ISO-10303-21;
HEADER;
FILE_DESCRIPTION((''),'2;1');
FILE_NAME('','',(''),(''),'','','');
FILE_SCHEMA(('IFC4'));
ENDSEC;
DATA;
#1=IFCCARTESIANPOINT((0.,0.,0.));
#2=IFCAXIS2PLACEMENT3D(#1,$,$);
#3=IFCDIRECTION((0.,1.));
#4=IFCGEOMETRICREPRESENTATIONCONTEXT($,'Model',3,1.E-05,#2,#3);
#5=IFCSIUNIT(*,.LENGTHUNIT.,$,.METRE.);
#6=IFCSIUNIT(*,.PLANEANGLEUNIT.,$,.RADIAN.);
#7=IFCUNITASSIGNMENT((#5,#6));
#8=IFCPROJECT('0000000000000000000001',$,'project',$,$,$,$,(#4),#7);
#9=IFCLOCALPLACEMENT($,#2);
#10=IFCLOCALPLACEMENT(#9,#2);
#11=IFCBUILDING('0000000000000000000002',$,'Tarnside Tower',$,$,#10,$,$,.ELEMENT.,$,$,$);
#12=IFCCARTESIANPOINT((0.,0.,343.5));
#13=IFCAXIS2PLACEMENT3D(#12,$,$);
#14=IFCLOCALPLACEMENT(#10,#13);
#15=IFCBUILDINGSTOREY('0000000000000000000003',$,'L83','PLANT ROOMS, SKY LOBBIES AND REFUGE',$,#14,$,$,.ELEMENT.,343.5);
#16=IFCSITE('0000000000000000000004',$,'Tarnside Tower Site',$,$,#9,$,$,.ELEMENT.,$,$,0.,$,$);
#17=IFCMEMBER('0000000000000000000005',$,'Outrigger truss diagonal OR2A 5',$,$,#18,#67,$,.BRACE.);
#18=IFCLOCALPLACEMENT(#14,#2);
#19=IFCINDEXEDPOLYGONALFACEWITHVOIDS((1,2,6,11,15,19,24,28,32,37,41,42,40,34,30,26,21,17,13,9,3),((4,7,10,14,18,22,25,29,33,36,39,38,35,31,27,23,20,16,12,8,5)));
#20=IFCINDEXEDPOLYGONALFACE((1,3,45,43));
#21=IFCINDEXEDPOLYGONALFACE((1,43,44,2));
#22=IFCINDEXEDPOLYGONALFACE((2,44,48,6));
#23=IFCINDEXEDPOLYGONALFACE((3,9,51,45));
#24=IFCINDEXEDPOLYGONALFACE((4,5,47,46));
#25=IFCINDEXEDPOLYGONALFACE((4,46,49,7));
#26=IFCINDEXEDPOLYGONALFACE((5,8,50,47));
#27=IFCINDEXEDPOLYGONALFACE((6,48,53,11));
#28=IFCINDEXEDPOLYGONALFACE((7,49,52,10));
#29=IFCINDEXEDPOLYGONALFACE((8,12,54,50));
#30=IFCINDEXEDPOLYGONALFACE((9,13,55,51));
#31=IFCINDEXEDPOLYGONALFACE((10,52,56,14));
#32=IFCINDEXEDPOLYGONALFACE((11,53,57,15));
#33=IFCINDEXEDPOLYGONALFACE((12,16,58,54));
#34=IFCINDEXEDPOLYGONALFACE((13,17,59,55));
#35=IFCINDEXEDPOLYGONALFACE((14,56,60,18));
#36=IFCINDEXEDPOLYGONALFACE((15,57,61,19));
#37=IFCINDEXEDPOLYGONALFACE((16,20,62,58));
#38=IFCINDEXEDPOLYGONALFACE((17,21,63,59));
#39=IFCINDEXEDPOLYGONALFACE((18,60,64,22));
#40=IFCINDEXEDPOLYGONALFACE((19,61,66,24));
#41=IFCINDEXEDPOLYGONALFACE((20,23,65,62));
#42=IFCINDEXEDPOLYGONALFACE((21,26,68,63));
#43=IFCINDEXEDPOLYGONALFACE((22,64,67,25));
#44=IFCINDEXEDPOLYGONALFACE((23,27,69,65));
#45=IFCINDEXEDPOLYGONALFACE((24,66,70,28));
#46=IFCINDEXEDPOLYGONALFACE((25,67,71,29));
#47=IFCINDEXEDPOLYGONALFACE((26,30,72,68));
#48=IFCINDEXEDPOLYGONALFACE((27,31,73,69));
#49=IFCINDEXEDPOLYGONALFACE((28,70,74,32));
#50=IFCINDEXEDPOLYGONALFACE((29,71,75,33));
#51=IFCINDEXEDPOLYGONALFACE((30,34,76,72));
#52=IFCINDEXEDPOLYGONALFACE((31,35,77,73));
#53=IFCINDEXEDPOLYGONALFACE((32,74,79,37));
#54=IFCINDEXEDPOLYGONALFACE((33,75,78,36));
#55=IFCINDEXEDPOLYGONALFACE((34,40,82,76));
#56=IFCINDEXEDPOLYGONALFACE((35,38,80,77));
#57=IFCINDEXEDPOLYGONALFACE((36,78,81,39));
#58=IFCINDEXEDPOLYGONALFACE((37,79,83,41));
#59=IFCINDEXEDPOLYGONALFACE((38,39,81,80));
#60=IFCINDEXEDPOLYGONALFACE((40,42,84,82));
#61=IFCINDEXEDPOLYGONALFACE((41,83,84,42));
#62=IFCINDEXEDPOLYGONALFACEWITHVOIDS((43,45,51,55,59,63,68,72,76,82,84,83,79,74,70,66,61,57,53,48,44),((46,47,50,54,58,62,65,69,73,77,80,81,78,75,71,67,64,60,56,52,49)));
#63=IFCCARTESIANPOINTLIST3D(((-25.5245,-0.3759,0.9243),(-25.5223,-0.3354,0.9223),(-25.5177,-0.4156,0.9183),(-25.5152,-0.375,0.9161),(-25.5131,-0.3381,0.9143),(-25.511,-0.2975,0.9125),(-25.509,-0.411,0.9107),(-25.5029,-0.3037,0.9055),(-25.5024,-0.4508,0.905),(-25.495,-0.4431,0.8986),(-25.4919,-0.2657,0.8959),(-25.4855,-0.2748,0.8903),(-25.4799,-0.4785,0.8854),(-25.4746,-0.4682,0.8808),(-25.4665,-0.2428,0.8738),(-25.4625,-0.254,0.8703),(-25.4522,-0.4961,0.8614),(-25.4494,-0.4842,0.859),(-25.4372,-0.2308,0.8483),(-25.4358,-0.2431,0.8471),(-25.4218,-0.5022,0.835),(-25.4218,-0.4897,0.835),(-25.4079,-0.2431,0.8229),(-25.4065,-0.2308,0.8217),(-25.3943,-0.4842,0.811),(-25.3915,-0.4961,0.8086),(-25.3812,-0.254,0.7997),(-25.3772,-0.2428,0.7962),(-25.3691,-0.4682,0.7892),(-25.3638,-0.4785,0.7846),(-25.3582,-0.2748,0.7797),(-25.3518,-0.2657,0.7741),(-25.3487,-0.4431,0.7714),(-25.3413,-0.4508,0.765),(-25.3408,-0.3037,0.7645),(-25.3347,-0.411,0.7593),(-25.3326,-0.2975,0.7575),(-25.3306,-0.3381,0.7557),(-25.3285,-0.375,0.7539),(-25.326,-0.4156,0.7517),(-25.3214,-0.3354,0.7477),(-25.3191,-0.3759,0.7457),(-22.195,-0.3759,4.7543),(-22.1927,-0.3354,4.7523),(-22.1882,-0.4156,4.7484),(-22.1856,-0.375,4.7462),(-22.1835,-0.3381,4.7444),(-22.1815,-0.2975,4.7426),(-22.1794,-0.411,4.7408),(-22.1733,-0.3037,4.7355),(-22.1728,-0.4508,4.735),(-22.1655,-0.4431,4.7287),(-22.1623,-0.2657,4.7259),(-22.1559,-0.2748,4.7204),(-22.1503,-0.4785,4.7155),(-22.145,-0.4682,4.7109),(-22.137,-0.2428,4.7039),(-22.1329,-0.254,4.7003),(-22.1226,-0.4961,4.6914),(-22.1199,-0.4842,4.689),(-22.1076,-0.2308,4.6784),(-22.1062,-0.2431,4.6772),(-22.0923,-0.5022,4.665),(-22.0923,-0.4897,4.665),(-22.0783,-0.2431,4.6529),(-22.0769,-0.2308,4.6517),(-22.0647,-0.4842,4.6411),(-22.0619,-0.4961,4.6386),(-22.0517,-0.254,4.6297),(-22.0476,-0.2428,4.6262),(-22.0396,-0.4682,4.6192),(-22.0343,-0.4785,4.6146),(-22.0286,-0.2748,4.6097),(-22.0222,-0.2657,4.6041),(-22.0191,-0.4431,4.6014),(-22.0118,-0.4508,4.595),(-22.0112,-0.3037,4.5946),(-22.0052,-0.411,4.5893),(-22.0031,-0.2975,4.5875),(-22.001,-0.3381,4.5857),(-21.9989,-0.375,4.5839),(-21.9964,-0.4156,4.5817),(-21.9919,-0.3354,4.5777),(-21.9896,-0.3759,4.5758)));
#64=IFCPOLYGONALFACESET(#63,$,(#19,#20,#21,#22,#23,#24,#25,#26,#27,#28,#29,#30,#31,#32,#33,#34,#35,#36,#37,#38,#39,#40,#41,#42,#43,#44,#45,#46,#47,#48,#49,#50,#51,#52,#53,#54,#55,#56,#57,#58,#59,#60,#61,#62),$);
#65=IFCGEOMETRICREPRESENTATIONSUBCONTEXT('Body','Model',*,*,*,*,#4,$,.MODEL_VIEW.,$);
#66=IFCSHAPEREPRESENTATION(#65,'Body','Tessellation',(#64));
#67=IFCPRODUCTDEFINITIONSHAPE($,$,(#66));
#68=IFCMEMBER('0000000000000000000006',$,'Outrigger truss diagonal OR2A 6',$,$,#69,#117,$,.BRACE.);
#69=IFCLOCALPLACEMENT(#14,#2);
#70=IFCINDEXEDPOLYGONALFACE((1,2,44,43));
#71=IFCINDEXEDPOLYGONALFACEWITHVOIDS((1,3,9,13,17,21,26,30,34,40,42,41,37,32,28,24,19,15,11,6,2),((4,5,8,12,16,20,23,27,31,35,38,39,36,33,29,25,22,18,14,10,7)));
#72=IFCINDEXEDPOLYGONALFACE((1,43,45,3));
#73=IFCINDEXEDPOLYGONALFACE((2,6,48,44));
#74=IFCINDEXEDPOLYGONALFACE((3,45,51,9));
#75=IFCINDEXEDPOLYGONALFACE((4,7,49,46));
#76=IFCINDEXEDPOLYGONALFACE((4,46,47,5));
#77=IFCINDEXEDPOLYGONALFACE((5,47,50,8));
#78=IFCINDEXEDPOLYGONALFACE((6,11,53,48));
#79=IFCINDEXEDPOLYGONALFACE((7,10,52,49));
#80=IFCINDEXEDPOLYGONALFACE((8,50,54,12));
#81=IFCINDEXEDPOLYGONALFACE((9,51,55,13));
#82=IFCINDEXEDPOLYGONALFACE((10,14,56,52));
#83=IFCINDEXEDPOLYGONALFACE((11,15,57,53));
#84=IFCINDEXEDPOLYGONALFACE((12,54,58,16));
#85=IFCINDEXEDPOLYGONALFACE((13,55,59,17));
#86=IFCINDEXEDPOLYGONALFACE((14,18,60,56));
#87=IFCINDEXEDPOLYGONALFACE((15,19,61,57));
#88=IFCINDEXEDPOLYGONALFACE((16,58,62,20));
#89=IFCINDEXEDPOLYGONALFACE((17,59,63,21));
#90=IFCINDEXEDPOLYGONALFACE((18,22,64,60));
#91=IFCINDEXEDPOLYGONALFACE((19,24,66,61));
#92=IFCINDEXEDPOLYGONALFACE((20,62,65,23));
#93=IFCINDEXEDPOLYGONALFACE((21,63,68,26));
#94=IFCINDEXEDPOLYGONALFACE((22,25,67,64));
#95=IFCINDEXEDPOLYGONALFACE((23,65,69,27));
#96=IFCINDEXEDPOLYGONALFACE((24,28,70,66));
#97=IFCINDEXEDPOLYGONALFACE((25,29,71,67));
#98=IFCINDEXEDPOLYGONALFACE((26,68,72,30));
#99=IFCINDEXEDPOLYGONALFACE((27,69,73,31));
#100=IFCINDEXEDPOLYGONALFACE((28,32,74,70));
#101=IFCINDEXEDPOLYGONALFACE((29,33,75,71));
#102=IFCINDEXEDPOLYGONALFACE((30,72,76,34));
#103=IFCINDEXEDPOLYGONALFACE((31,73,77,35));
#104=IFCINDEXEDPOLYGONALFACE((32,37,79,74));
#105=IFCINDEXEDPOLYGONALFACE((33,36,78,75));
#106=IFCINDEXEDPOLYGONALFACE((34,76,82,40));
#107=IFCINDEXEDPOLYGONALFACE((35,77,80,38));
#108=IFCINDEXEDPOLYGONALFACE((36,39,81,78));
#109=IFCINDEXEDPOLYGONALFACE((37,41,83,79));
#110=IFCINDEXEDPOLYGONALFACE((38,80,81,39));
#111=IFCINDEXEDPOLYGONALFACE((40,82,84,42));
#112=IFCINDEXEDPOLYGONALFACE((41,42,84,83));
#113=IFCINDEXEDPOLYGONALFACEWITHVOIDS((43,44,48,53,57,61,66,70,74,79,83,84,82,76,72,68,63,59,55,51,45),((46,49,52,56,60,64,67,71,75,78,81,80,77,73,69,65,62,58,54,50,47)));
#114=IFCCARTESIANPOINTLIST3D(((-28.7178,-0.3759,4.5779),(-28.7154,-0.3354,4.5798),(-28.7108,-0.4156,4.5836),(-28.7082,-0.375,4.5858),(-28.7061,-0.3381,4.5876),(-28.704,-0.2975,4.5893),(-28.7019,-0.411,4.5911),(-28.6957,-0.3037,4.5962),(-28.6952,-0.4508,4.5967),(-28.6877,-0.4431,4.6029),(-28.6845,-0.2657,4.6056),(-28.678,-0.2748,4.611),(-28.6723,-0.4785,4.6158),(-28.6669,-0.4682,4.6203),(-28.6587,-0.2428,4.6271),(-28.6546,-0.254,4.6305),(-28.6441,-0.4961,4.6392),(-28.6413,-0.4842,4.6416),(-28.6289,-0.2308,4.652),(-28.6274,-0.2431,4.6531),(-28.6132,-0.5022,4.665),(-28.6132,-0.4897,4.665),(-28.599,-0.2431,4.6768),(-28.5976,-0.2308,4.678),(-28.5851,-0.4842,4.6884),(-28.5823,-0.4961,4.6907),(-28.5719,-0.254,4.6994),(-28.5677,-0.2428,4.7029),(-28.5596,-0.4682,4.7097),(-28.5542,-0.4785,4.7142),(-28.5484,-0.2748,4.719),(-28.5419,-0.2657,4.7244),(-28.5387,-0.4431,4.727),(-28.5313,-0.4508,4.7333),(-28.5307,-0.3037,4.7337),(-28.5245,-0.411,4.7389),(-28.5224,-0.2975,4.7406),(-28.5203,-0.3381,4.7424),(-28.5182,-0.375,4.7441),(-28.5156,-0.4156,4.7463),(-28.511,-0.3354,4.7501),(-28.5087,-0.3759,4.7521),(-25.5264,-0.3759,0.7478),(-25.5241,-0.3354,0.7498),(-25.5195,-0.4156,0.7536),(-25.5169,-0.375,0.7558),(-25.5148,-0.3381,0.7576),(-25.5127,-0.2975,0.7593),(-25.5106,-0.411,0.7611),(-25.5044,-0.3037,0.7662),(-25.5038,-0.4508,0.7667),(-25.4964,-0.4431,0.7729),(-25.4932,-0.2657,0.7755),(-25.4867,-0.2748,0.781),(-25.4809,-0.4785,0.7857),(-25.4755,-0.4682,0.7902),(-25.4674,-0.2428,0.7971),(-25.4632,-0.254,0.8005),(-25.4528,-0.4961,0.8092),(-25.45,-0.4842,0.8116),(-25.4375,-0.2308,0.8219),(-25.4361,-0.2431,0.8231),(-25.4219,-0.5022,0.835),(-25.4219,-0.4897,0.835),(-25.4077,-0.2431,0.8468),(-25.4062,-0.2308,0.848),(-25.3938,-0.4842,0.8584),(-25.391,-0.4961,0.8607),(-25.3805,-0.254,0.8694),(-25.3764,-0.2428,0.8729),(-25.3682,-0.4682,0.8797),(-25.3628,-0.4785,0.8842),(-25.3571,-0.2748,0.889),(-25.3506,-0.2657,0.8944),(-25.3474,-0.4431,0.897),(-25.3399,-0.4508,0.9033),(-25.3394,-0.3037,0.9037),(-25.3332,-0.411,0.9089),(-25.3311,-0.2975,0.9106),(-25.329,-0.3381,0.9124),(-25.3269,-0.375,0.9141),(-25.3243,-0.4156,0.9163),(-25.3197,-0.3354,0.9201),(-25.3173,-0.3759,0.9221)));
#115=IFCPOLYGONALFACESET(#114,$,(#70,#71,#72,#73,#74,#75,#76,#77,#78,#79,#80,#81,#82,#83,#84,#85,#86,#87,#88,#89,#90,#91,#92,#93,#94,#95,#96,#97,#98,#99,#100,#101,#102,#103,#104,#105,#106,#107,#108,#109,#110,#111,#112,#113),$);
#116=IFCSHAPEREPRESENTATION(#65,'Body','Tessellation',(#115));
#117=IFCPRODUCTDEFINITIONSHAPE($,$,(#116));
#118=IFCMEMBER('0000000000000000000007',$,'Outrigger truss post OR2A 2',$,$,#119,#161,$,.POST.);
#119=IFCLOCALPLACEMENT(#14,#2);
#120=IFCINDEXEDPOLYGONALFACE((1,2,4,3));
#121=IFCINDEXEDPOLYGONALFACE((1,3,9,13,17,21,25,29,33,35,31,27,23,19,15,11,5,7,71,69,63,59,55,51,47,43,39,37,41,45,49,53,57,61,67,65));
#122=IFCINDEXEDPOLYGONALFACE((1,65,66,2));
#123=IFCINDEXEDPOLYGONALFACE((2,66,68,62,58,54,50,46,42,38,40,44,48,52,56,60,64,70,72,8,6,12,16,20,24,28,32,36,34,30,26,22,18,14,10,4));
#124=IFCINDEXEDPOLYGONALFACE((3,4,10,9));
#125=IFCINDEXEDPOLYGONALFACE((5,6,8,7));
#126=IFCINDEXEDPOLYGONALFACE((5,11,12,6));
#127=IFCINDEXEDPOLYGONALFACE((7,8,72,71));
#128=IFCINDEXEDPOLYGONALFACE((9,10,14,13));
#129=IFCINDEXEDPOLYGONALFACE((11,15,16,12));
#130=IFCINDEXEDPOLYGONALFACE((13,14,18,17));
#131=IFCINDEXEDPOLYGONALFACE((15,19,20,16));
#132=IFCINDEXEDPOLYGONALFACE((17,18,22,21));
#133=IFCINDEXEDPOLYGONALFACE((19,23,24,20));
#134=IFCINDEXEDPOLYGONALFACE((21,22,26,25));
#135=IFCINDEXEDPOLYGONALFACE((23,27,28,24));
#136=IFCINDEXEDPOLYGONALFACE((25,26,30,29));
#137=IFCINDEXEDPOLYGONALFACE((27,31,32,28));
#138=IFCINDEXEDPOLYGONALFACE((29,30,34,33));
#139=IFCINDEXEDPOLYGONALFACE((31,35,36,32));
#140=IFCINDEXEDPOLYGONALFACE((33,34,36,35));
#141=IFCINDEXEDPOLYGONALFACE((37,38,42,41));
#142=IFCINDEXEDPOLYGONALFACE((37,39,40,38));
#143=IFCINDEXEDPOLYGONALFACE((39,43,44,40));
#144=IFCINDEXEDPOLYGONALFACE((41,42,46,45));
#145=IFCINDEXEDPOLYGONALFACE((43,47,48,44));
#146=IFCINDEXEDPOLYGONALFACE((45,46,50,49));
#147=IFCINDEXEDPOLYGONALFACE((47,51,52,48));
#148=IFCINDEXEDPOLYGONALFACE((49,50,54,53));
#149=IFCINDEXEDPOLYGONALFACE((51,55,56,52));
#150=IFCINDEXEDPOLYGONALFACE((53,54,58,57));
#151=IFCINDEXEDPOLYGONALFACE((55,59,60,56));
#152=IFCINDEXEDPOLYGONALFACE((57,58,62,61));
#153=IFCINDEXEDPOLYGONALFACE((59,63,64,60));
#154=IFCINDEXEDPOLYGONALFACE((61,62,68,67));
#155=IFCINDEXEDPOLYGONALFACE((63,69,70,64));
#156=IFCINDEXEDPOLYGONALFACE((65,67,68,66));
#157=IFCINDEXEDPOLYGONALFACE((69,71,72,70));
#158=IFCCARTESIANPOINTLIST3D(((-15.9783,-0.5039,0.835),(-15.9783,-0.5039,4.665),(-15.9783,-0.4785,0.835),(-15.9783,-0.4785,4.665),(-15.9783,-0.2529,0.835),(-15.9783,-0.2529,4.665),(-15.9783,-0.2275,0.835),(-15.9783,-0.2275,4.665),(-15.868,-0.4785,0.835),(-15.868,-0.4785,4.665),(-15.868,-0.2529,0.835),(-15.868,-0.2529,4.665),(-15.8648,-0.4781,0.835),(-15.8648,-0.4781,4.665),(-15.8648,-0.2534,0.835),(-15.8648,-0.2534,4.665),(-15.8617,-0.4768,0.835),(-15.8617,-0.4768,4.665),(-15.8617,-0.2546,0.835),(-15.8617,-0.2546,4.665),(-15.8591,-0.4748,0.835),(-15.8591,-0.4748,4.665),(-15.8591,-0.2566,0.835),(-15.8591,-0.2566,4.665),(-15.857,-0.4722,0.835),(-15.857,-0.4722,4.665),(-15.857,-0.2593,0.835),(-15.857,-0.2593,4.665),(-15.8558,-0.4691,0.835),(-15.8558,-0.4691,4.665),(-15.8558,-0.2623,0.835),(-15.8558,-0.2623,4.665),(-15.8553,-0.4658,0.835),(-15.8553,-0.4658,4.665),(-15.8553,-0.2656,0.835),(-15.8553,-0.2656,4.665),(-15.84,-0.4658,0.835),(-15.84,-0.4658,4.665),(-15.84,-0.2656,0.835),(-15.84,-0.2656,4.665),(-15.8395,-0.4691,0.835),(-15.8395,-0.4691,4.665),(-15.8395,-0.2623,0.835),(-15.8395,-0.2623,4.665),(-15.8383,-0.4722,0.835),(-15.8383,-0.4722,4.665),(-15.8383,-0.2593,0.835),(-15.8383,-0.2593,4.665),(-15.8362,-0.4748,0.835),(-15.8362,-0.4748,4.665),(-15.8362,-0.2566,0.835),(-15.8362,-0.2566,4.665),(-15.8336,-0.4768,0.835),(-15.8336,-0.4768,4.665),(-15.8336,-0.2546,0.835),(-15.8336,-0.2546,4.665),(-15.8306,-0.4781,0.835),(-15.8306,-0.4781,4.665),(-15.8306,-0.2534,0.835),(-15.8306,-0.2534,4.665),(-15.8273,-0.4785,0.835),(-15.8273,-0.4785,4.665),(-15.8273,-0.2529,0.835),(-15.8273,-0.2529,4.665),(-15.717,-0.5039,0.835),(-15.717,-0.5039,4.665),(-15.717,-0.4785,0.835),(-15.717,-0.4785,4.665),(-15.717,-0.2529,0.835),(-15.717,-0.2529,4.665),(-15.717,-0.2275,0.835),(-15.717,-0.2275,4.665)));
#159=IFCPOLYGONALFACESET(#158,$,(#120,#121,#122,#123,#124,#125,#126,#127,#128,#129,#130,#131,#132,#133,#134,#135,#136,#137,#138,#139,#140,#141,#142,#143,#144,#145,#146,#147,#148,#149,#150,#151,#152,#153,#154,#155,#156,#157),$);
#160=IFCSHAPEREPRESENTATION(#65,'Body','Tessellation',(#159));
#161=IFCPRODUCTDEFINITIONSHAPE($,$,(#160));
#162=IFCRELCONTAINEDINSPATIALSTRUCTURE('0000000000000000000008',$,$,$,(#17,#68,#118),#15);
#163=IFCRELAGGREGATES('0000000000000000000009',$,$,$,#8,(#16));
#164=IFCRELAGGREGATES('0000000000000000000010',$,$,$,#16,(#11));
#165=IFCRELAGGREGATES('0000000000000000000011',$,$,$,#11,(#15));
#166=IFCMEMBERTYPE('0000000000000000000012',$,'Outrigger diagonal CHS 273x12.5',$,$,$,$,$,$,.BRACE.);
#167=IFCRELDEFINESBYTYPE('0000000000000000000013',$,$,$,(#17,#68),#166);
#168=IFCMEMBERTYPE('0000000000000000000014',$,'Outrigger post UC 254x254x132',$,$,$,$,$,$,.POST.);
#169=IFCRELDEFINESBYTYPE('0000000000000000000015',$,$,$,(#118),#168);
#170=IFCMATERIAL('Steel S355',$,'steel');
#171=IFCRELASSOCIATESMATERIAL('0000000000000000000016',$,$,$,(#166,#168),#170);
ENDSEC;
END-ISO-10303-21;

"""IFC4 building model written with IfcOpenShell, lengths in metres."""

from ifc_helpers import new_model, si_unit, direction, frame, origin, origin_2d, place, context, subcontext, project, spatial, hollow_circle, i_section, extrude, material, material_profile, profile_set, type_object, element, save


model = new_model("IFC4")

# Units and contexts
model_context = context("Model", 3, precision=1e-05, world=origin(), true_north=direction((0.0, 1.0)))
body_context = subcontext(model_context, "Body", "Model", "MODEL_VIEW")
ifc_project = project(units=[si_unit("LENGTHUNIT", "METRE"), si_unit("PLANEANGLEUNIT", "RADIAN")], contexts=[model_context])

# Site, building, storey
site_placement = place(None, origin())
site = spatial("IfcSite", under=ifc_project, at=site_placement, Name="Tarnside Tower Site", CompositionType="ELEMENT", RefElevation=0.0)
building_placement = place(site_placement, origin())
building = spatial("IfcBuilding", under=site, at=building_placement, Name="Tarnside Tower", CompositionType="ELEMENT")
storey_placement = place(building_placement, frame((0.0, 0.0, 343.5)))
storey = spatial("IfcBuildingStorey", under=building, at=storey_placement, Name="L83", Description="PLANT ROOMS, SKY LOBBIES AND REFUGE", CompositionType="ELEMENT", Elevation=343.5)

# Shared definitions
ifc_material_1 = material(Name="Steel S355", Category="steel")

# Members
ifc_material_profile_1 = material_profile(ifc_material_1, hollow_circle(Radius=0.1365, WallThickness=0.0125, at=origin_2d()), Name="CHS 273x12.5")
ifc_profile_set_1 = profile_set([ifc_material_profile_1], Name="Steel S355")
member_type_1 = type_object("IfcMemberType", Name="Outrigger diagonal CHS 273x12.5", PredefinedType="BRACE", material=ifc_profile_set_1)
member_1_placement = place(storey_placement, frame((-22.0923, -0.3657, 4.665), z_axis=(-0.656076, 0.0, -0.754695), x_axis=(0.0, -1.0, 0.0)))
element("IfcMember", 1, at=member_1_placement, inside=storey, type_object=member_type_1, Name="Outrigger truss diagonal OR2A 5", PredefinedType="BRACE", context=body_context, shape_type="SweptSolid", body=[
    extrude(hollow_circle(Radius=0.1365, WallThickness=0.0125, at=origin_2d()), origin(), (0.0, 0.0, 1.0), 5.075),
])
member_2_placement = place(storey_placement, frame((-25.4219, -0.3657, 0.835), z_axis=(-0.640146, 0.0, 0.768253), x_axis=(0.0, -1.0, 0.0)))
element("IfcMember", 2, at=member_2_placement, inside=storey, type_object=member_type_1, Name="Outrigger truss diagonal OR2A 6", PredefinedType="BRACE", context=body_context, shape_type="SweptSolid", body=[
    extrude(hollow_circle(Radius=0.1365, WallThickness=0.0125, at=origin_2d()), origin(), (0.0, 0.0, 1.0), 4.9854),
])
ifc_material_profile_2 = material_profile(ifc_material_1, i_section(OverallWidth=0.2612, OverallDepth=0.2764, WebThickness=0.0154, FlangeThickness=0.0254, FilletRadius=0.0127, at=origin_2d()), Name="UC 254x254x132")
ifc_profile_set_2 = profile_set([ifc_material_profile_2], Name="Steel S355")
member_type_2 = type_object("IfcMemberType", Name="Outrigger post UC 254x254x132", PredefinedType="POST", material=ifc_profile_set_2)
member_3_placement = place(storey_placement, frame((-15.8477, -0.3657, 0.835), z_axis=(0.0, 0.0, 1.0), x_axis=(-1.0, 0.0, 0.0)))
element("IfcMember", 3, at=member_3_placement, inside=storey, type_object=member_type_2, Name="Outrigger truss post OR2A 2", PredefinedType="POST", context=body_context, shape_type="SweptSolid", body=[
    extrude(i_section(OverallWidth=0.2612, OverallDepth=0.2764, WebThickness=0.0154, FlangeThickness=0.0254, FilletRadius=0.0127, at=origin_2d()), origin(), (0.0, 0.0, 1.0), 3.8301),
])

save(model, "model.ifc")
